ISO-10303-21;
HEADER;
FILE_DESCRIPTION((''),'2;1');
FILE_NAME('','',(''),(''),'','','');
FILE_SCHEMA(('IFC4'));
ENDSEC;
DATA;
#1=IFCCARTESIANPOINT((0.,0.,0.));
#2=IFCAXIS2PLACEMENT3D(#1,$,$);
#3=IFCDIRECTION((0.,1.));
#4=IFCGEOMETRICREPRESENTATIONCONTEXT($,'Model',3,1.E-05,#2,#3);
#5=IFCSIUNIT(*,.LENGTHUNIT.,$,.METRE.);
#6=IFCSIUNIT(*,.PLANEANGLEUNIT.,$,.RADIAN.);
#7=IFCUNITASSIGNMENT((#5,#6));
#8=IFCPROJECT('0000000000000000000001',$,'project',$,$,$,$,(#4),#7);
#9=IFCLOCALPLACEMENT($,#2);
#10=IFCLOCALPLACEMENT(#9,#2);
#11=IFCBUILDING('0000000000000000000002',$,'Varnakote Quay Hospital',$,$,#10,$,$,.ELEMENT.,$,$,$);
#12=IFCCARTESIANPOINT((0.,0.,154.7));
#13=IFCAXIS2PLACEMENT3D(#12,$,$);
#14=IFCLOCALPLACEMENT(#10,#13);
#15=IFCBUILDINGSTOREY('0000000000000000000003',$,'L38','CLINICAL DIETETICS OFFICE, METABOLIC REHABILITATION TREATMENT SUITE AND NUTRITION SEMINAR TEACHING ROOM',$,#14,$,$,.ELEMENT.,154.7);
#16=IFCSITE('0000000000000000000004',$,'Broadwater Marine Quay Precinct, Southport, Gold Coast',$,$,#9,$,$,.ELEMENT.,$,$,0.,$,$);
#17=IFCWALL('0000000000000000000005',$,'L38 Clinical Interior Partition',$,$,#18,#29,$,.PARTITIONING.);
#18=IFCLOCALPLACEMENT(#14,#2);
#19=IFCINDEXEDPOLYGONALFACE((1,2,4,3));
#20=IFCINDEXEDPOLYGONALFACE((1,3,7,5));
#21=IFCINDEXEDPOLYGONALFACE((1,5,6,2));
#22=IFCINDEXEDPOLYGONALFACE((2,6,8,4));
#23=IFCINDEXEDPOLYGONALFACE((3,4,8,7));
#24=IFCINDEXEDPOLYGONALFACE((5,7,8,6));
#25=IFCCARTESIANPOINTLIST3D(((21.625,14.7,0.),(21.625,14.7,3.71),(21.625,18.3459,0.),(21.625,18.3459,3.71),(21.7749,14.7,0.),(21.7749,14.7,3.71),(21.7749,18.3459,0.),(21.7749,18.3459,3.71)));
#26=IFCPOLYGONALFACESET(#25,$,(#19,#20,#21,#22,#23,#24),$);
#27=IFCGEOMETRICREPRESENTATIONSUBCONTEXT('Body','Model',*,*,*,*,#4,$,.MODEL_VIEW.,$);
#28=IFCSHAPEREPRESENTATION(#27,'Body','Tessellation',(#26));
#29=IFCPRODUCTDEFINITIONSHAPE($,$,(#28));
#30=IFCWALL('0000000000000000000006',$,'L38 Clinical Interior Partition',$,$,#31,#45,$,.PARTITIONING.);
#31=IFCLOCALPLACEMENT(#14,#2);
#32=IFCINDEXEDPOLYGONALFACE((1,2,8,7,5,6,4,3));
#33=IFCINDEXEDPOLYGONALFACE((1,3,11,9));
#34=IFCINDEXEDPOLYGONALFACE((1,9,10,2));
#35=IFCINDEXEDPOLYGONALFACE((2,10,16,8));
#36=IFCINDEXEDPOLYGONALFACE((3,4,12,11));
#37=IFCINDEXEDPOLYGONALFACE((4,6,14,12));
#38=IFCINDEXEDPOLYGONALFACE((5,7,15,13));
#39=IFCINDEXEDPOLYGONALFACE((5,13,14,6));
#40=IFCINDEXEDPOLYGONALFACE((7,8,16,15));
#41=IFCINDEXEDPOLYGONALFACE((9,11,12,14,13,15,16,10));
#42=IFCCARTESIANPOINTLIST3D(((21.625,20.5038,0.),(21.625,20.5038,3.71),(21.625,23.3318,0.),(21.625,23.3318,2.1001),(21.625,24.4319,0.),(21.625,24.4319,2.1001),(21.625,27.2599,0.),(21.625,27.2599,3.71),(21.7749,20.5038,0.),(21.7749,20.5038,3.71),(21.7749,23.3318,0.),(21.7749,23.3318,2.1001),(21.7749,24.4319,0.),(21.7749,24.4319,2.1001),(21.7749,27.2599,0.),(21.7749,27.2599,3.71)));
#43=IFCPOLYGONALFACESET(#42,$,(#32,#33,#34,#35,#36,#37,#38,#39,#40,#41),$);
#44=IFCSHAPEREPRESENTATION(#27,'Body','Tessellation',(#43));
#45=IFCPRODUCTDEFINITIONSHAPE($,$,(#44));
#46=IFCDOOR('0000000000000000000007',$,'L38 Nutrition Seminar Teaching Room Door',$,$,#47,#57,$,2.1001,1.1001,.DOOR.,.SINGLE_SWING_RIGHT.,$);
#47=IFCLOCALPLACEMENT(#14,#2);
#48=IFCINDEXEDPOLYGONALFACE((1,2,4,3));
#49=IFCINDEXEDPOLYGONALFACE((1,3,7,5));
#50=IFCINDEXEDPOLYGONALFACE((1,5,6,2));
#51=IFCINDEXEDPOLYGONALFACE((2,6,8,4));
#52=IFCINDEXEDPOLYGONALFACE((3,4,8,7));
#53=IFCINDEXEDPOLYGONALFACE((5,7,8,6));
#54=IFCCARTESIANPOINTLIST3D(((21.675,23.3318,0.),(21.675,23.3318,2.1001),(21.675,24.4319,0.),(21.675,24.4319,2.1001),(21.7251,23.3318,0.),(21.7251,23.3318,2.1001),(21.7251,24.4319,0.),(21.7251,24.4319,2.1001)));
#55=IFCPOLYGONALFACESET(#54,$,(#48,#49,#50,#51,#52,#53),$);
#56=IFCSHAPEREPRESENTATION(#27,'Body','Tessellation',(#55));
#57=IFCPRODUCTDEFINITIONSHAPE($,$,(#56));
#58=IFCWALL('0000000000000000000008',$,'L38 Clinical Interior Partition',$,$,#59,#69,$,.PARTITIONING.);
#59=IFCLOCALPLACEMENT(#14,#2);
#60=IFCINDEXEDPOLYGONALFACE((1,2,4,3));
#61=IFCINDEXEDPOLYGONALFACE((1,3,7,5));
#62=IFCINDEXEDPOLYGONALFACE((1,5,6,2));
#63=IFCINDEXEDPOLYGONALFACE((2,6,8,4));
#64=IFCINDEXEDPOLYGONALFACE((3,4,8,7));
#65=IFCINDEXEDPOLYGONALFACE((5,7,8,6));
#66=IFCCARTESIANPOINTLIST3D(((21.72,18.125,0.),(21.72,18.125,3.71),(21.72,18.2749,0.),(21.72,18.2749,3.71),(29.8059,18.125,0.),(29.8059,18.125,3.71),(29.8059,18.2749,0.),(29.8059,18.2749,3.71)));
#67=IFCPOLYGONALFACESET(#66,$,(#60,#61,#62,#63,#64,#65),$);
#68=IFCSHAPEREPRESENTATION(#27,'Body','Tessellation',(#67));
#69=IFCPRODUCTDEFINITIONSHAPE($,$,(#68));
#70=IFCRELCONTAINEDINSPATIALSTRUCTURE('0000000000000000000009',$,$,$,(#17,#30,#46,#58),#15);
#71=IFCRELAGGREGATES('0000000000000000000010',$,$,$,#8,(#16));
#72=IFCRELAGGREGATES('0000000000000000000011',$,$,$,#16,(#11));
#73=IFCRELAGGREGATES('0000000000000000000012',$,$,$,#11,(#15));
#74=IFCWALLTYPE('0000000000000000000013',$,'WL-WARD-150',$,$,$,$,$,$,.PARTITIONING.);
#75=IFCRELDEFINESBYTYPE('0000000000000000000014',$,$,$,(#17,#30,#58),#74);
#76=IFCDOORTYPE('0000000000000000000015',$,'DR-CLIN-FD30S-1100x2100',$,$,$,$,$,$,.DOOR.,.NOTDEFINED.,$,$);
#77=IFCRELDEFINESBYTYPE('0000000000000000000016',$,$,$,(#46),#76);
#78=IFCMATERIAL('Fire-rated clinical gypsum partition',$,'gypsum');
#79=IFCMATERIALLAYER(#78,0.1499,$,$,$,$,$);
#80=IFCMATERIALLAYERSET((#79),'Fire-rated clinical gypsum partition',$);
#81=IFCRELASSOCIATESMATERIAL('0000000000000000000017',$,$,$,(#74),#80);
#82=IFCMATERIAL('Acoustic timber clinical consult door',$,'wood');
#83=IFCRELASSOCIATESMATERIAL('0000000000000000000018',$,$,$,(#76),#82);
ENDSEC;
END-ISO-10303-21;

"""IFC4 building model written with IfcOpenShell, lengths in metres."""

from ifc_helpers import new_model, si_unit, direction, frame, frame_2d, origin, place, context, subcontext, project, spatial, rectangle, extrude, material, layer, layer_set, type_object, element, fill, save


model = new_model("IFC4")

# Units and contexts
model_context = context("Model", 3, precision=1e-05, world=origin(), true_north=direction((0.0, 1.0)))
body_context = subcontext(model_context, "Body", "Model", "MODEL_VIEW")
ifc_project = project(units=[si_unit("LENGTHUNIT", "METRE"), si_unit("PLANEANGLEUNIT", "RADIAN")], contexts=[model_context])

# Site, building, storey
site_placement = place(None, origin())
site = spatial("IfcSite", under=ifc_project, at=site_placement, Name="Broadwater Marine Quay Precinct, Southport, Gold Coast", CompositionType="ELEMENT", RefElevation=0.0)
building_placement = place(site_placement, origin())
building = spatial("IfcBuilding", under=site, at=building_placement, Name="Varnakote Quay Hospital", CompositionType="ELEMENT")
storey_placement = place(building_placement, frame((0.0, 0.0, 154.7)))
storey = spatial("IfcBuildingStorey", under=building, at=storey_placement, Name="L38", Description="CLINICAL DIETETICS OFFICE, METABOLIC REHABILITATION TREATMENT SUITE AND NUTRITION SEMINAR TEACHING ROOM", CompositionType="ELEMENT", Elevation=154.7)

# Shared definitions
ifc_material_1 = material(Name="Fire-rated clinical gypsum partition", Category="gypsum")
ifc_layer_1 = layer(ifc_material_1, 0.1499)
ifc_layer_set_1 = layer_set([ifc_layer_1], Name="Fire-rated clinical gypsum partition")
wall_type_1 = type_object("IfcWallType", Name="WL-WARD-150", PredefinedType="PARTITIONING", material=ifc_layer_set_1)
ifc_material_2 = material(Name="Acoustic timber clinical consult door", Category="wood")
door_type_1 = type_object("IfcDoorType", Name="DR-CLIN-FD30S-1100x2100", OperationType="NOTDEFINED", PredefinedType="DOOR", material=ifc_material_2)

# Wall
wall_1_placement = place(storey_placement, frame((21.7, 14.7, 0.0), z_axis=(0.0, 0.0, 1.0), x_axis=(0.0, 1.0, 0.0)))
element("IfcWall", 1, at=wall_1_placement, inside=storey, type_object=wall_type_1, Name="L38 Clinical Interior Partition", PredefinedType="PARTITIONING", context=body_context, shape_type="SweptSolid", body=[
    extrude(rectangle(XDim=3.646, YDim=0.1499, at=frame_2d((1.823, 0.0))), origin(), (0.0, 0.0, 1.0), 3.71),
])

# Wall, opening, door
wall_2_placement = place(storey_placement, frame((21.7, 20.5039, 0.0), z_axis=(0.0, 0.0, 1.0), x_axis=(0.0, 1.0, 0.0)))
wall_2 = element("IfcWall", 2, at=wall_2_placement, inside=storey, type_object=wall_type_1, Name="L38 Clinical Interior Partition", PredefinedType="PARTITIONING", context=body_context, shape_type="SweptSolid", body=[
    extrude(rectangle(XDim=6.7561, YDim=0.1499, at=frame_2d((3.3779, 0.0))), origin(), (0.0, 0.0, 1.0), 3.71),
])
opening_1_placement = place(wall_2_placement, frame((2.8279, 0.0, 0.0)))
opening_1 = element("IfcOpeningElement", 3, at=opening_1_placement, cuts=wall_2, PredefinedType="OPENING", context=body_context, shape_type="SweptSolid", body=[
    extrude(rectangle(XDim=1.1001, YDim=2.1001, at=frame_2d((0.55, 1.05))), frame((0.0, 0.085, 0.0), z_axis=(0.0, -1.0, 0.0), x_axis=(1.0, 0.0, 0.0)), (0.0, 0.0, 1.0), 0.1699),
])
door_1_placement = place(opening_1_placement, origin())
door_1 = element("IfcDoor", 4, at=door_1_placement, inside=storey, type_object=door_type_1, Name="L38 Nutrition Seminar Teaching Room Door", OperationType="SINGLE_SWING_RIGHT", OverallHeight=2.1001, OverallWidth=1.1001, PredefinedType="DOOR", context=body_context, shape_type="SweptSolid", body=[
    extrude(rectangle(XDim=1.1001, YDim=2.1001, at=frame_2d((0.55, 1.05))), frame((0.0, 0.0249, 0.0), z_axis=(0.0, -1.0, 0.0), x_axis=(1.0, 0.0, 0.0)), (0.0, 0.0, 1.0), 0.05),
])
fill(opening_1, door_1)

# Wall
wall_3_placement = place(storey_placement, frame((21.72, 18.2, 0.0), z_axis=(0.0, 0.0, 1.0), x_axis=(1.0, 0.0, 0.0)))
element("IfcWall", 5, at=wall_3_placement, inside=storey, type_object=wall_type_1, Name="L38 Clinical Interior Partition", PredefinedType="PARTITIONING", context=body_context, shape_type="SweptSolid", body=[
    extrude(rectangle(XDim=8.0859, YDim=0.1499, at=frame_2d((4.043, 0.0))), origin(), (0.0, 0.0, 1.0), 3.71),
])

save(model, "model.ifc")
